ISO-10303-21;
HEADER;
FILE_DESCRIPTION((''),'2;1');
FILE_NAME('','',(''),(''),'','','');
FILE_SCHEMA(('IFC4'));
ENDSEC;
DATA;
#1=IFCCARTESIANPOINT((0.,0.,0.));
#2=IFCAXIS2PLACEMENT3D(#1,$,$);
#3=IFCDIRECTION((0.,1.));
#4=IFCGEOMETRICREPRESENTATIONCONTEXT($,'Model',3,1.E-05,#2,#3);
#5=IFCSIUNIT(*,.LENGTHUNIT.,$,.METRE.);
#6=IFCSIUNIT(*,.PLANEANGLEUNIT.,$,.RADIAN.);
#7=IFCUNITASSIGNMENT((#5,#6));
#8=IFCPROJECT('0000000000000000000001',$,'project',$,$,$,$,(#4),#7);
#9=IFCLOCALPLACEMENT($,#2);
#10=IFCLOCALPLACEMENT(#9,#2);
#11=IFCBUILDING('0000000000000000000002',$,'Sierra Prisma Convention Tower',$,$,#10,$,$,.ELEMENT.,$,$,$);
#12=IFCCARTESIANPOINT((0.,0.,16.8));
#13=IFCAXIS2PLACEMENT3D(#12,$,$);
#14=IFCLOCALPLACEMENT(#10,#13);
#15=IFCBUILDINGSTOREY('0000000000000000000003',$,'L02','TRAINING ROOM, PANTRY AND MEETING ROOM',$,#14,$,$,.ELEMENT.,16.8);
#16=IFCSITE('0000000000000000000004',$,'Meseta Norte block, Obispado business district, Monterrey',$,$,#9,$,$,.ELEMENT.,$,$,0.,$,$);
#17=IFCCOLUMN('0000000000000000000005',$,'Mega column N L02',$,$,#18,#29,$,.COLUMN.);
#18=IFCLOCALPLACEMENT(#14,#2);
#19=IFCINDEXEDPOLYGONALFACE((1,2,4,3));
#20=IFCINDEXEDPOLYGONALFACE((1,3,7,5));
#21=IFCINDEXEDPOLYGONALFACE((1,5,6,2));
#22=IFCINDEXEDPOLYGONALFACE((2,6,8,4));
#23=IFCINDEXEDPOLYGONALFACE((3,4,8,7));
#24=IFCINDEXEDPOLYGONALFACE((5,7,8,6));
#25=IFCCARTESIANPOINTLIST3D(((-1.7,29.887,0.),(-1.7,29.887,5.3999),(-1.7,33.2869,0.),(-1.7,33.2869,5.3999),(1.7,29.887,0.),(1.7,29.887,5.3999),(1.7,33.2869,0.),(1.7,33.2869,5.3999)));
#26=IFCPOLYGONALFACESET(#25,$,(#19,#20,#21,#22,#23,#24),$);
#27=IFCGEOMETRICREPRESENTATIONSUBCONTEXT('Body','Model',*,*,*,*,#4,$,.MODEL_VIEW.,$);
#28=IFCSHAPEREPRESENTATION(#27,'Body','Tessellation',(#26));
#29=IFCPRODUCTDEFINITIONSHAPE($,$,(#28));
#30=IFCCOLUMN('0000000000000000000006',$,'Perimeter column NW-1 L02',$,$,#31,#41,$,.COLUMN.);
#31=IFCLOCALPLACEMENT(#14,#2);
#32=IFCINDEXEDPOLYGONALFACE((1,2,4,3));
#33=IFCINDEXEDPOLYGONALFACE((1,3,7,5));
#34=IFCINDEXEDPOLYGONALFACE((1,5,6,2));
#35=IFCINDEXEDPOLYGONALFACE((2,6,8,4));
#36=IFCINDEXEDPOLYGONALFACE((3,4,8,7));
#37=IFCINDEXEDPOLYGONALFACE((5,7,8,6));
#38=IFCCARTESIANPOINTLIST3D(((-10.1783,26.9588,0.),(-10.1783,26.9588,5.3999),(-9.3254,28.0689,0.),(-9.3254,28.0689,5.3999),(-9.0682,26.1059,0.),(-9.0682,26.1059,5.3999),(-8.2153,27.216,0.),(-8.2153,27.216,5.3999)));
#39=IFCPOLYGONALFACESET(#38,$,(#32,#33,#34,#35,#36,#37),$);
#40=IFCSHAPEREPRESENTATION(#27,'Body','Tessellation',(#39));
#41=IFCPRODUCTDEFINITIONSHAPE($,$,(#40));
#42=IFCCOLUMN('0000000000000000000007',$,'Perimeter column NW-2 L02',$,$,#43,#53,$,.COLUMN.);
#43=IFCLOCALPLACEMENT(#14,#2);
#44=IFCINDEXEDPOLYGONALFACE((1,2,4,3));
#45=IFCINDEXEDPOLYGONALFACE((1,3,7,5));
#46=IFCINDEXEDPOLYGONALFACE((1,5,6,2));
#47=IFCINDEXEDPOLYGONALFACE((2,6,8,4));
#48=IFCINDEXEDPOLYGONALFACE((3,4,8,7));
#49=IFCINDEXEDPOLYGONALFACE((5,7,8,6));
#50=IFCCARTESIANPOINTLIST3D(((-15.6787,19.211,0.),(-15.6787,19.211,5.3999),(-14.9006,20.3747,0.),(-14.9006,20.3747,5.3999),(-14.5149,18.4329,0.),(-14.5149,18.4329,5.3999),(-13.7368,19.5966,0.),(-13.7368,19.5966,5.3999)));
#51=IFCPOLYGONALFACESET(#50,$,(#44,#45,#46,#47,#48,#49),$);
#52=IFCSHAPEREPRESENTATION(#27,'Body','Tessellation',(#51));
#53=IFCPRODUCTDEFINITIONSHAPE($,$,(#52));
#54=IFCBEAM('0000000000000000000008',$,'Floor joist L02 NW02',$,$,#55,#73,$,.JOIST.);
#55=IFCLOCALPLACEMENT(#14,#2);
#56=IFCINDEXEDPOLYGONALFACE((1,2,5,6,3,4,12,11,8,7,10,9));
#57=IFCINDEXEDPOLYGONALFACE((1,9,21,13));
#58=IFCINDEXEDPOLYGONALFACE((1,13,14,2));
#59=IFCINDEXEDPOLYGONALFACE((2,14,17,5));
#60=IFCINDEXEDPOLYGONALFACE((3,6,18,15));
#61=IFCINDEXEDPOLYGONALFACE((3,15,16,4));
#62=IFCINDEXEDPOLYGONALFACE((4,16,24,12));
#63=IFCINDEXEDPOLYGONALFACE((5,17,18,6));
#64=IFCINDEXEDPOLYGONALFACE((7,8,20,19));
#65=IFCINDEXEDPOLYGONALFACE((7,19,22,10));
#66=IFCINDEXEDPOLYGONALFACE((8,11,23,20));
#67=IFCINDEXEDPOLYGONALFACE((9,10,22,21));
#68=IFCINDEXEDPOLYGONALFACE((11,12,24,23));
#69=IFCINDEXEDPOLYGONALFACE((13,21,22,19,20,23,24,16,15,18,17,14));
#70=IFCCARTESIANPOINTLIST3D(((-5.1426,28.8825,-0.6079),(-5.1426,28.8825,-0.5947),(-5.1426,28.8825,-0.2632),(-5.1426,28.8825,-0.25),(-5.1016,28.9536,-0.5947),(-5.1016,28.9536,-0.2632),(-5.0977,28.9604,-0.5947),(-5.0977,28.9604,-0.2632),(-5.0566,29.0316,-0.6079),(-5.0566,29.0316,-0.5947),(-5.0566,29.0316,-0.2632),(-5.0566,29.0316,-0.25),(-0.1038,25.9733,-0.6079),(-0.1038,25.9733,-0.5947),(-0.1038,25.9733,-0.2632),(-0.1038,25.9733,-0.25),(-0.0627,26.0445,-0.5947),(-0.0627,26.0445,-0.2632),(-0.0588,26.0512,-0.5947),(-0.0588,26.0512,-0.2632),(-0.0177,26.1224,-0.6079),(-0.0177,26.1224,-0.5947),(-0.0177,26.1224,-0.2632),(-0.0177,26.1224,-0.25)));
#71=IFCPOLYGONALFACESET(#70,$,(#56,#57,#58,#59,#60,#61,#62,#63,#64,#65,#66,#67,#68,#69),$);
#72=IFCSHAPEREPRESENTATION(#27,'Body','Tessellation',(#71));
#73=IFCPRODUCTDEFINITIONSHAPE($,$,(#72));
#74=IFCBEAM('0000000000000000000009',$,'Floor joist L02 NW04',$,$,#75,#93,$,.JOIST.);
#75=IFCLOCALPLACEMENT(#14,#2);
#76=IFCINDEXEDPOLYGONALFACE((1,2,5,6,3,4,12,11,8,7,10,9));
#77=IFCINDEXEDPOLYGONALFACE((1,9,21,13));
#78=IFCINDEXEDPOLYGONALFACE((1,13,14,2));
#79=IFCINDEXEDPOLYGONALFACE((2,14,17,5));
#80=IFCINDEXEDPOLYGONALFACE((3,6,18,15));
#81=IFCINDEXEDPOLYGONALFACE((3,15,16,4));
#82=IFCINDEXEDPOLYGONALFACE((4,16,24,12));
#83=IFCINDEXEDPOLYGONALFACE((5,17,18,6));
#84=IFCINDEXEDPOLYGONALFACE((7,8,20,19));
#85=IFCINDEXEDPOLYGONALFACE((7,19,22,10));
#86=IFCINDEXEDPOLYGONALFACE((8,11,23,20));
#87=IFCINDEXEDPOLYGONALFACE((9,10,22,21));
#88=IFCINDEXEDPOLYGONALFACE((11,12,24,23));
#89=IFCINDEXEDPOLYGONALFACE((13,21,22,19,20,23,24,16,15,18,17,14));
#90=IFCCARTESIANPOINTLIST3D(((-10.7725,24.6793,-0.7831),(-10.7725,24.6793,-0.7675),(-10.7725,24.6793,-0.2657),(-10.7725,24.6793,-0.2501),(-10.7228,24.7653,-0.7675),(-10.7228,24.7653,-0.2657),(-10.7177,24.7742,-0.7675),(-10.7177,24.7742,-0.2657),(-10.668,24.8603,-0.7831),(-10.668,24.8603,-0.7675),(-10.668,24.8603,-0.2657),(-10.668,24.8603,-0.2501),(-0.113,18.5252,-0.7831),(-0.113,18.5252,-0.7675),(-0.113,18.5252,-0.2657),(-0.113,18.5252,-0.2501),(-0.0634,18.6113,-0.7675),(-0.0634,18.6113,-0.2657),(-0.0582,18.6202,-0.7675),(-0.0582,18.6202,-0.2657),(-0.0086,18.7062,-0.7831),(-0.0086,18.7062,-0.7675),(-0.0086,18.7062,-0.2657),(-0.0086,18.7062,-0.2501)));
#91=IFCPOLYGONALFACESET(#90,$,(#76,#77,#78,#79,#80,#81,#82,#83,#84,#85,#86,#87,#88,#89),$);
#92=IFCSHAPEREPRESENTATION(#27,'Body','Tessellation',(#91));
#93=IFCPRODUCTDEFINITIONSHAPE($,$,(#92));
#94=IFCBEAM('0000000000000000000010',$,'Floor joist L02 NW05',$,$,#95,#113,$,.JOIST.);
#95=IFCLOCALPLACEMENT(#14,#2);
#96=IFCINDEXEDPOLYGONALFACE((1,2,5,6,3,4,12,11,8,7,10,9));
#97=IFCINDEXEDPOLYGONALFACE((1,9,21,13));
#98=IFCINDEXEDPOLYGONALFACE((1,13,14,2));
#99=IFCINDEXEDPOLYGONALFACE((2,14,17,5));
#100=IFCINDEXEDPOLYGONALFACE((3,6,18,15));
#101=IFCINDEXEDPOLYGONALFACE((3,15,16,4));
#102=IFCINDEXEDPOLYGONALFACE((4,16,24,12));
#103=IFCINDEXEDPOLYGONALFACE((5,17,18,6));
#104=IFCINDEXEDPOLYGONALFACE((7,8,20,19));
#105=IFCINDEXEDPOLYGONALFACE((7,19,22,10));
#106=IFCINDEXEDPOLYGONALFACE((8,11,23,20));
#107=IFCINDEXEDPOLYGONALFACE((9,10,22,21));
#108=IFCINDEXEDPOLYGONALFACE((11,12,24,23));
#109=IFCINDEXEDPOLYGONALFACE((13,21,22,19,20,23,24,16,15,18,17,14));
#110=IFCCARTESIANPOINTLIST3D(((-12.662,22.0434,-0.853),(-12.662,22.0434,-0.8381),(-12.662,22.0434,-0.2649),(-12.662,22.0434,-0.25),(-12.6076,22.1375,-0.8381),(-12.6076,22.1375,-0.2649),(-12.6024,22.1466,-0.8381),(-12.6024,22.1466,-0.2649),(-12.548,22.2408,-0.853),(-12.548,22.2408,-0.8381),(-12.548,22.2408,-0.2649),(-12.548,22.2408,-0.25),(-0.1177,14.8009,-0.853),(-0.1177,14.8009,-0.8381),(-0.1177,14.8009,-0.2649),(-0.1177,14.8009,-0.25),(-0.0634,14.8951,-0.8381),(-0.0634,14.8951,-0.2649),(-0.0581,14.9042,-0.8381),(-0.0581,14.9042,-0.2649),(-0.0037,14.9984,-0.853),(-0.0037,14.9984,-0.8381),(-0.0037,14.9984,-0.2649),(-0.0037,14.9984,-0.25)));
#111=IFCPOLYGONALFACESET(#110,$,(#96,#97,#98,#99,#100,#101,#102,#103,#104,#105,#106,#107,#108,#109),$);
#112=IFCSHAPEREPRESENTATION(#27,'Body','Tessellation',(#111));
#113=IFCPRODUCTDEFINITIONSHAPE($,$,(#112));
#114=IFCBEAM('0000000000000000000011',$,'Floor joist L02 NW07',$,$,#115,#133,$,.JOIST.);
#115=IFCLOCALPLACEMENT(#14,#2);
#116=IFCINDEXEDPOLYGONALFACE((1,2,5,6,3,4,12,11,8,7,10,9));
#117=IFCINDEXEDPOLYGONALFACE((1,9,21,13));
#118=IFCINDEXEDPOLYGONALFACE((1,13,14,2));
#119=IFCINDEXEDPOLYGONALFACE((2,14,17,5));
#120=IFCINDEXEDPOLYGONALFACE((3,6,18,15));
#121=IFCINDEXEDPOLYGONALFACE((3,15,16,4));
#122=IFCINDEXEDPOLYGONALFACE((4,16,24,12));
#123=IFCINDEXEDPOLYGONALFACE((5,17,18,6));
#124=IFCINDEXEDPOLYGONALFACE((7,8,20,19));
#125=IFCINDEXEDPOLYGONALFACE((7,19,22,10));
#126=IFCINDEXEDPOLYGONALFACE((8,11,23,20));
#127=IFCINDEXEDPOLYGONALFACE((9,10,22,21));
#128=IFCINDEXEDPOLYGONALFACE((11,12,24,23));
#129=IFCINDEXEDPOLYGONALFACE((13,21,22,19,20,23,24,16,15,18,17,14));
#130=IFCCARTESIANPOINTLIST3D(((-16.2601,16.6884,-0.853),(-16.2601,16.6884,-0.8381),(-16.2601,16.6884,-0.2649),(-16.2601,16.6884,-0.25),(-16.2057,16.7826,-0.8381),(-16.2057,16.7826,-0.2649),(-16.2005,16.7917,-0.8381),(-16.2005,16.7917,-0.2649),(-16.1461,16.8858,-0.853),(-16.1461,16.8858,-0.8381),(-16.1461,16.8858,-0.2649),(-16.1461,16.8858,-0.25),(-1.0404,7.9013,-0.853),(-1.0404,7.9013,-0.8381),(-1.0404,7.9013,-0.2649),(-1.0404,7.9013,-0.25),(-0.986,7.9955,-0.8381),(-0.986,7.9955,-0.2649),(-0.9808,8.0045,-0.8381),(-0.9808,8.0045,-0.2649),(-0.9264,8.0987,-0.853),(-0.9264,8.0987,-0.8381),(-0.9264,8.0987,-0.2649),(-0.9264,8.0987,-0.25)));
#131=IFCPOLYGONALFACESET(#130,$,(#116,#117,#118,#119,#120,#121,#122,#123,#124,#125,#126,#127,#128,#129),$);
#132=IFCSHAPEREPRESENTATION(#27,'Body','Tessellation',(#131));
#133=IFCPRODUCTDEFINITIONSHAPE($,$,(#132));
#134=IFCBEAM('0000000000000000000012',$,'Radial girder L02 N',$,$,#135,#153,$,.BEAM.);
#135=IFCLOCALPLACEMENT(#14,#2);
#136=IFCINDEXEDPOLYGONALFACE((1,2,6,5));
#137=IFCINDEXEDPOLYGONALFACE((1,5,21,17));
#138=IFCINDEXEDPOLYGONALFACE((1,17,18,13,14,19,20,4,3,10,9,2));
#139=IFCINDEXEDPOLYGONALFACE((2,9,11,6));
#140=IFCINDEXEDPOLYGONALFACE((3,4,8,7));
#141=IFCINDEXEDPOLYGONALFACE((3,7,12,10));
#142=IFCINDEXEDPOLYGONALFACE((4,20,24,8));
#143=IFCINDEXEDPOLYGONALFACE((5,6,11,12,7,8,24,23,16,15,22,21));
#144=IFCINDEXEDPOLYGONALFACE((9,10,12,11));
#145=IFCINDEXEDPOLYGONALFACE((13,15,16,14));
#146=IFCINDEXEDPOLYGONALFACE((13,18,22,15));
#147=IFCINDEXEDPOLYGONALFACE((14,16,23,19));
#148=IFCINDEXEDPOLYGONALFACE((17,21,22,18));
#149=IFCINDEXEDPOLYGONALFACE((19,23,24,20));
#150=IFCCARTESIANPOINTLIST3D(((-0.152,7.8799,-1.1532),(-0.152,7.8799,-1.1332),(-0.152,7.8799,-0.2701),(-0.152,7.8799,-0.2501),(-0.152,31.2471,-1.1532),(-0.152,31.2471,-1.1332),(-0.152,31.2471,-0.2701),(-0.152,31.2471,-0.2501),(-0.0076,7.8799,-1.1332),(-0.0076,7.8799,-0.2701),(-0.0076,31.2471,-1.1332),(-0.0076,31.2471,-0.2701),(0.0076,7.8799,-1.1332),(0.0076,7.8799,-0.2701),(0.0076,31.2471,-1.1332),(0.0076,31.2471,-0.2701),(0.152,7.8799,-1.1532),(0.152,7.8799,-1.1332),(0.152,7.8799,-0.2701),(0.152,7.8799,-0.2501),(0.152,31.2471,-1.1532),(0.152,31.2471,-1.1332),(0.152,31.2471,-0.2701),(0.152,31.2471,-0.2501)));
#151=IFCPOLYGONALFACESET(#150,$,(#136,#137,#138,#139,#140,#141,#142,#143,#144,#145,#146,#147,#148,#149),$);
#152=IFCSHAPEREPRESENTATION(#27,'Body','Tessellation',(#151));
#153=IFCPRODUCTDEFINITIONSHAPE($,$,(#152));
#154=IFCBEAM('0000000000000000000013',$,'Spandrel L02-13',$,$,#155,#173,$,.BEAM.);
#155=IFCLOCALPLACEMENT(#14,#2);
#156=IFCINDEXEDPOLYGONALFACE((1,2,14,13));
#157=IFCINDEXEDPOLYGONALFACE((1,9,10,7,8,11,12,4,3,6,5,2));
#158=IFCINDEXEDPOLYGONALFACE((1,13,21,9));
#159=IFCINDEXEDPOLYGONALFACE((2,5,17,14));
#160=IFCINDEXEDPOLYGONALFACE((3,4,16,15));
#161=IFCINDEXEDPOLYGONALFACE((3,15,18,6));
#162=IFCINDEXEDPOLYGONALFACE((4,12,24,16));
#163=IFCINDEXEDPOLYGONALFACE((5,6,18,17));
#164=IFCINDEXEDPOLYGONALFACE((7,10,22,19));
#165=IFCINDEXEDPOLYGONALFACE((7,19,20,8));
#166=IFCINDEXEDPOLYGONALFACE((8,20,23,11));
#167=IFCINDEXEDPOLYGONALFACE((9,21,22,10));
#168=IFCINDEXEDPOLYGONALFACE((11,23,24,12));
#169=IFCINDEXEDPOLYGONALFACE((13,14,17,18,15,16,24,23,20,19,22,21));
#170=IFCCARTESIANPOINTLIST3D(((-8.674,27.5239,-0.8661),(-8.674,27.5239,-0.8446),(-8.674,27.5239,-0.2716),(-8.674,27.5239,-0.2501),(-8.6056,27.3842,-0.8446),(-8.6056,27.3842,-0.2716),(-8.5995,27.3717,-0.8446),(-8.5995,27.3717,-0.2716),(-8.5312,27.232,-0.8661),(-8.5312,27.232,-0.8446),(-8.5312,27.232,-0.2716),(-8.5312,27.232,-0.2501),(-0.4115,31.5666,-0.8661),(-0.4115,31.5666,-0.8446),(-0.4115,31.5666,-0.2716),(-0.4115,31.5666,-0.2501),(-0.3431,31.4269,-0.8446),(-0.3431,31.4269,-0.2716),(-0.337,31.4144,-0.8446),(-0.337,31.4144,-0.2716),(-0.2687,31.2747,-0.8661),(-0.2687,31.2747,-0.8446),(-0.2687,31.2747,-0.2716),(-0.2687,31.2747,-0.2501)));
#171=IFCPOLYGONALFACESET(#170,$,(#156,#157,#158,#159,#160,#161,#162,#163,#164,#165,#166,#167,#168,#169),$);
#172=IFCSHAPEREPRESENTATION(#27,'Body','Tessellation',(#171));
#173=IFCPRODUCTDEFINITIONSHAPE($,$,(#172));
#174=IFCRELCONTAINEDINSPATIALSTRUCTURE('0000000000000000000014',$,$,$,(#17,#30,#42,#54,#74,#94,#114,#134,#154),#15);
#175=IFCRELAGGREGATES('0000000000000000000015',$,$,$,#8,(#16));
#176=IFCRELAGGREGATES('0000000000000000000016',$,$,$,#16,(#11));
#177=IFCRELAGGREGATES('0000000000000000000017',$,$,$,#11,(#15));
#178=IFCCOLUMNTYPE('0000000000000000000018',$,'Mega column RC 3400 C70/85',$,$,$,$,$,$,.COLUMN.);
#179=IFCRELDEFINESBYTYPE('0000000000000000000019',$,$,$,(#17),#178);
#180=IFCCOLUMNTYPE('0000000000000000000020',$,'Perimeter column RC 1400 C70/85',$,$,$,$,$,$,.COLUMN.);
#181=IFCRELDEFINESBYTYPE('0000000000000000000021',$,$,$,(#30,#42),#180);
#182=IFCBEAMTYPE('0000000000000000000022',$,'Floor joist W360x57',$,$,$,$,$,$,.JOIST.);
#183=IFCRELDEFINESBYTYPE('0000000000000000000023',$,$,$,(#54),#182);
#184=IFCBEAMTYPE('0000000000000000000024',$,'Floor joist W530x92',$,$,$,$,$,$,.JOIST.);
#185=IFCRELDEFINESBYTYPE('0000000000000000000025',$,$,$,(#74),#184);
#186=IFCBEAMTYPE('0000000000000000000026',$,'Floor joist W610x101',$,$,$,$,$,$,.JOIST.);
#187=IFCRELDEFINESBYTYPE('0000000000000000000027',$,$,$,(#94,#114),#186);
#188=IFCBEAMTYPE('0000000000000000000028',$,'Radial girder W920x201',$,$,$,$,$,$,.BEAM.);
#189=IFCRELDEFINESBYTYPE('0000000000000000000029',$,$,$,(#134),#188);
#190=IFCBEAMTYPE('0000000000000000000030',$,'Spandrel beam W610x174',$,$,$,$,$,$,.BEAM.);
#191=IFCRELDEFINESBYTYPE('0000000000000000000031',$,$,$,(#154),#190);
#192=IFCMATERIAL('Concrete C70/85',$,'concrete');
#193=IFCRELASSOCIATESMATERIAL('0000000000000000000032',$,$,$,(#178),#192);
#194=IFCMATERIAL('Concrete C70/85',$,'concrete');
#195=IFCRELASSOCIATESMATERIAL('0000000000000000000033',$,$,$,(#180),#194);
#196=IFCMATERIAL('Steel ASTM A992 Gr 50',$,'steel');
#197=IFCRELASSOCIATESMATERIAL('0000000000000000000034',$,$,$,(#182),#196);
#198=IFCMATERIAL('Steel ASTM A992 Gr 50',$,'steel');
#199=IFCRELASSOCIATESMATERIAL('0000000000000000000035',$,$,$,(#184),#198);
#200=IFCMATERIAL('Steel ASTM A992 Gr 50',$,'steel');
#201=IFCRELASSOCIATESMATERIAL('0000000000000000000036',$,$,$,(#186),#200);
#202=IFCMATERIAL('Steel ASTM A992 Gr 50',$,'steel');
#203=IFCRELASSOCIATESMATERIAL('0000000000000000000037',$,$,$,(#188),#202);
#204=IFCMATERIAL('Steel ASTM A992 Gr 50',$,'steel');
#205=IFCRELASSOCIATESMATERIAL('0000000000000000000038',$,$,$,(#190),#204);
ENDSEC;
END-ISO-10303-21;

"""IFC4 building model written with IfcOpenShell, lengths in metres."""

from ifc_helpers import new_model, si_unit, direction, frame, origin, origin_2d, place, context, subcontext, project, spatial, rectangle, i_section, extrude, material, material_profile, profile_set, type_object, element, save


model = new_model("IFC4")

# Units and contexts
model_context = context("Model", 3, precision=1e-05, world=origin(), true_north=direction((0.0, 1.0)))
body_context = subcontext(model_context, "Body", "Model", "MODEL_VIEW")
ifc_project = project(units=[si_unit("LENGTHUNIT", "METRE"), si_unit("PLANEANGLEUNIT", "RADIAN")], contexts=[model_context])

# Site, building, storey
site_placement = place(None, origin())
site = spatial("IfcSite", under=ifc_project, at=site_placement, Name="Meseta Norte block, Obispado business district, Monterrey", CompositionType="ELEMENT", RefElevation=0.0)
building_placement = place(site_placement, origin())
building = spatial("IfcBuilding", under=site, at=building_placement, Name="Sierra Prisma Convention Tower", CompositionType="ELEMENT")
storey_placement = place(building_placement, frame((0.0, 0.0, 16.8)))
storey = spatial("IfcBuildingStorey", under=building, at=storey_placement, Name="L02", Description="TRAINING ROOM, PANTRY AND MEETING ROOM", CompositionType="ELEMENT", Elevation=16.8)

# Columns
ifc_material_1 = material(Name="Concrete C70/85", Category="concrete")
ifc_material_profile_1 = material_profile(ifc_material_1, rectangle(XDim=3.3999, YDim=3.3999, at=origin_2d()), Name="Mega column RC 3400 C70/85")
ifc_profile_set_1 = profile_set([ifc_material_profile_1], Name="Concrete C70/85")
column_type_1 = type_object("IfcColumnType", Name="Mega column RC 3400 C70/85", PredefinedType="COLUMN", material=ifc_profile_set_1)
column_placement = place(storey_placement, frame((0.0, 31.5869, 0.0), z_axis=(0.0, 0.0, 1.0), x_axis=(1.0, 0.0, 0.0)))
element("IfcColumn", 1, at=column_placement, inside=storey, type_object=column_type_1, Name="Mega column N L02", PredefinedType="COLUMN", context=body_context, shape_type="SweptSolid", body=[
    extrude(rectangle(XDim=3.3999, YDim=3.3999, at=origin_2d()), origin(), (0.0, 0.0, 1.0), 5.3999),
])
ifc_material_2 = material(Name="Concrete C70/85", Category="concrete")
ifc_material_profile_2 = material_profile(ifc_material_2, rectangle(XDim=1.3999, YDim=1.3999, at=origin_2d()), Name="Perimeter column RC 1400 C70/85")
ifc_profile_set_2 = profile_set([ifc_material_profile_2], Name="Concrete C70/85")
column_type_2 = type_object("IfcColumnType", Name="Perimeter column RC 1400 C70/85", PredefinedType="COLUMN", material=ifc_profile_set_2)
for number, where, z_axis, x_axis, name in (
    (2, (-9.1968, 27.0874, 0.0), (0.0, 0.0, 1.0), (0.609232, 0.792992, 0.0), "Perimeter column NW-1 L02"),
    (3, (-14.7078, 19.4038, 0.0), (0.0, 0.0, 1.0), (0.555817, 0.831305, 0.0), "Perimeter column NW-2 L02"),
):
    element("IfcColumn", number, at=place(storey_placement, frame(where, z_axis=z_axis, x_axis=x_axis)), inside=storey, type_object=column_type_2, Name=name, PredefinedType="COLUMN", context=body_context, shape_type="SweptSolid", body=[
        extrude(rectangle(XDim=1.3999, YDim=1.3999, at=origin_2d()), origin(), (0.0, 0.0, 1.0), 5.3999),
    ])

# Beams
ifc_material_3 = material(Name="Steel ASTM A992 Gr 50", Category="steel")
ifc_material_profile_3 = material_profile(ifc_material_3, i_section(OverallWidth=0.1721, OverallDepth=0.3579, WebThickness=0.0078, FlangeThickness=0.0132, at=origin_2d()), Name="W360x57")
ifc_profile_set_3 = profile_set([ifc_material_profile_3], Name="Steel ASTM A992 Gr 50")
beam_type_1 = type_object("IfcBeamType", Name="Floor joist W360x57", PredefinedType="JOIST", material=ifc_profile_set_3)
beam_1_placement = place(storey_placement, frame((-5.0996, 28.957, -0.429), z_axis=(0.866024, -0.500002, 0.0), x_axis=(0.500002, 0.866024, 0.0)))
element("IfcBeam", 4, at=beam_1_placement, inside=storey, type_object=beam_type_1, Name="Floor joist L02 NW02", PredefinedType="JOIST", context=body_context, shape_type="SweptSolid", body=[
    extrude(i_section(OverallWidth=0.1721, OverallDepth=0.3579, WebThickness=0.0078, FlangeThickness=0.0132, at=origin_2d()), origin(), (0.0, 0.0, 1.0), 5.8184),
])
ifc_material_4 = material(Name="Steel ASTM A992 Gr 50", Category="steel")
ifc_material_profile_4 = material_profile(ifc_material_4, i_section(OverallWidth=0.209, OverallDepth=0.533, WebThickness=0.0103, FlangeThickness=0.0156, at=origin_2d()), Name="W530x92")
ifc_profile_set_4 = profile_set([ifc_material_profile_4], Name="Steel ASTM A992 Gr 50")
beam_type_2 = type_object("IfcBeamType", Name="Floor joist W530x92", PredefinedType="JOIST", material=ifc_profile_set_4)
beam_2_placement = place(storey_placement, frame((-10.7202, 24.7698, -0.5166), z_axis=(0.866031, -0.49999, 0.0), x_axis=(0.49999, 0.866031, 0.0)))
element("IfcBeam", 5, at=beam_2_placement, inside=storey, type_object=beam_type_2, Name="Floor joist L02 NW04", PredefinedType="JOIST", context=body_context, shape_type="SweptSolid", body=[
    extrude(i_section(OverallWidth=0.209, OverallDepth=0.533, WebThickness=0.0103, FlangeThickness=0.0156, at=origin_2d()), origin(), (0.0, 0.0, 1.0), 12.3083),
])
ifc_material_5 = material(Name="Steel ASTM A992 Gr 50", Category="steel")
ifc_material_profile_5 = material_profile(ifc_material_5, i_section(OverallWidth=0.228, OverallDepth=0.603, WebThickness=0.0105, FlangeThickness=0.0149, at=origin_2d()), Name="W610x101")
ifc_profile_set_5 = profile_set([ifc_material_profile_5], Name="Steel ASTM A992 Gr 50")
beam_type_3 = type_object("IfcBeamType", Name="Floor joist W610x101", PredefinedType="JOIST", material=ifc_profile_set_5)
beam_3_placement = place(storey_placement, frame((-12.605, 22.1421, -0.5515), z_axis=(0.866024, -0.500002, 0.0), x_axis=(0.500002, 0.866024, 0.0)))
element("IfcBeam", 6, at=beam_3_placement, inside=storey, type_object=beam_type_3, Name="Floor joist L02 NW05", PredefinedType="JOIST", context=body_context, shape_type="SweptSolid", body=[
    extrude(i_section(OverallWidth=0.228, OverallDepth=0.603, WebThickness=0.0105, FlangeThickness=0.0149, at=origin_2d()), origin(), (0.0, 0.0, 1.0), 14.4849),
])
beam_4_placement = place(storey_placement, frame((-16.2031, 16.7871, -0.5515), z_axis=(0.866025, -0.5, 0.0), x_axis=(0.5, 0.866025, 0.0)))
element("IfcBeam", 7, at=beam_4_placement, inside=storey, type_object=beam_type_3, Name="Floor joist L02 NW07", PredefinedType="JOIST", context=body_context, shape_type="SweptSolid", body=[
    extrude(i_section(OverallWidth=0.228, OverallDepth=0.603, WebThickness=0.0105, FlangeThickness=0.0149, at=origin_2d()), origin(), (0.0, 0.0, 1.0), 17.5742),
])
ifc_material_6 = material(Name="Steel ASTM A992 Gr 50", Category="steel")
ifc_material_profile_6 = material_profile(ifc_material_6, i_section(OverallWidth=0.304, OverallDepth=0.9031, WebThickness=0.0151, FlangeThickness=0.02, at=origin_2d()), Name="W920x201")
ifc_profile_set_6 = profile_set([ifc_material_profile_6], Name="Steel ASTM A992 Gr 50")
beam_type_4 = type_object("IfcBeamType", Name="Radial girder W920x201", PredefinedType="BEAM", material=ifc_profile_set_6)
beam_5_placement = place(storey_placement, frame((0.0, 31.2471, -0.7017), z_axis=(0.0, -1.0, 0.0), x_axis=(1.0, 0.0, 0.0)))
element("IfcBeam", 8, at=beam_5_placement, inside=storey, type_object=beam_type_4, Name="Radial girder L02 N", PredefinedType="BEAM", context=body_context, shape_type="SweptSolid", body=[
    extrude(i_section(OverallWidth=0.304, OverallDepth=0.9031, WebThickness=0.0151, FlangeThickness=0.02, at=origin_2d()), origin(), (0.0, 0.0, 1.0), 23.3672),
])
ifc_material_7 = material(Name="Steel ASTM A992 Gr 50", Category="steel")
ifc_material_profile_7 = material_profile(ifc_material_7, i_section(OverallWidth=0.325, OverallDepth=0.616, WebThickness=0.0139, FlangeThickness=0.0215, at=origin_2d()), Name="W610x174")
ifc_profile_set_7 = profile_set([ifc_material_profile_7], Name="Steel ASTM A992 Gr 50")
beam_type_5 = type_object("IfcBeamType", Name="Spandrel beam W610x174", PredefinedType="BEAM", material=ifc_profile_set_7)
beam_6_placement = place(storey_placement, frame((-0.3401, 31.4207, -0.5581), z_axis=(-0.898243, -0.4395, 0.0), x_axis=(0.4395, -0.898243, 0.0)))
element("IfcBeam", 9, at=beam_6_placement, inside=storey, type_object=beam_type_5, Name="Spandrel L02-13", PredefinedType="BEAM", context=body_context, shape_type="SweptSolid", body=[
    extrude(i_section(OverallWidth=0.325, OverallDepth=0.616, WebThickness=0.0139, FlangeThickness=0.0215, at=origin_2d()), origin(), (0.0, 0.0, 1.0), 9.1985),
])

save(model, "model.ifc")
